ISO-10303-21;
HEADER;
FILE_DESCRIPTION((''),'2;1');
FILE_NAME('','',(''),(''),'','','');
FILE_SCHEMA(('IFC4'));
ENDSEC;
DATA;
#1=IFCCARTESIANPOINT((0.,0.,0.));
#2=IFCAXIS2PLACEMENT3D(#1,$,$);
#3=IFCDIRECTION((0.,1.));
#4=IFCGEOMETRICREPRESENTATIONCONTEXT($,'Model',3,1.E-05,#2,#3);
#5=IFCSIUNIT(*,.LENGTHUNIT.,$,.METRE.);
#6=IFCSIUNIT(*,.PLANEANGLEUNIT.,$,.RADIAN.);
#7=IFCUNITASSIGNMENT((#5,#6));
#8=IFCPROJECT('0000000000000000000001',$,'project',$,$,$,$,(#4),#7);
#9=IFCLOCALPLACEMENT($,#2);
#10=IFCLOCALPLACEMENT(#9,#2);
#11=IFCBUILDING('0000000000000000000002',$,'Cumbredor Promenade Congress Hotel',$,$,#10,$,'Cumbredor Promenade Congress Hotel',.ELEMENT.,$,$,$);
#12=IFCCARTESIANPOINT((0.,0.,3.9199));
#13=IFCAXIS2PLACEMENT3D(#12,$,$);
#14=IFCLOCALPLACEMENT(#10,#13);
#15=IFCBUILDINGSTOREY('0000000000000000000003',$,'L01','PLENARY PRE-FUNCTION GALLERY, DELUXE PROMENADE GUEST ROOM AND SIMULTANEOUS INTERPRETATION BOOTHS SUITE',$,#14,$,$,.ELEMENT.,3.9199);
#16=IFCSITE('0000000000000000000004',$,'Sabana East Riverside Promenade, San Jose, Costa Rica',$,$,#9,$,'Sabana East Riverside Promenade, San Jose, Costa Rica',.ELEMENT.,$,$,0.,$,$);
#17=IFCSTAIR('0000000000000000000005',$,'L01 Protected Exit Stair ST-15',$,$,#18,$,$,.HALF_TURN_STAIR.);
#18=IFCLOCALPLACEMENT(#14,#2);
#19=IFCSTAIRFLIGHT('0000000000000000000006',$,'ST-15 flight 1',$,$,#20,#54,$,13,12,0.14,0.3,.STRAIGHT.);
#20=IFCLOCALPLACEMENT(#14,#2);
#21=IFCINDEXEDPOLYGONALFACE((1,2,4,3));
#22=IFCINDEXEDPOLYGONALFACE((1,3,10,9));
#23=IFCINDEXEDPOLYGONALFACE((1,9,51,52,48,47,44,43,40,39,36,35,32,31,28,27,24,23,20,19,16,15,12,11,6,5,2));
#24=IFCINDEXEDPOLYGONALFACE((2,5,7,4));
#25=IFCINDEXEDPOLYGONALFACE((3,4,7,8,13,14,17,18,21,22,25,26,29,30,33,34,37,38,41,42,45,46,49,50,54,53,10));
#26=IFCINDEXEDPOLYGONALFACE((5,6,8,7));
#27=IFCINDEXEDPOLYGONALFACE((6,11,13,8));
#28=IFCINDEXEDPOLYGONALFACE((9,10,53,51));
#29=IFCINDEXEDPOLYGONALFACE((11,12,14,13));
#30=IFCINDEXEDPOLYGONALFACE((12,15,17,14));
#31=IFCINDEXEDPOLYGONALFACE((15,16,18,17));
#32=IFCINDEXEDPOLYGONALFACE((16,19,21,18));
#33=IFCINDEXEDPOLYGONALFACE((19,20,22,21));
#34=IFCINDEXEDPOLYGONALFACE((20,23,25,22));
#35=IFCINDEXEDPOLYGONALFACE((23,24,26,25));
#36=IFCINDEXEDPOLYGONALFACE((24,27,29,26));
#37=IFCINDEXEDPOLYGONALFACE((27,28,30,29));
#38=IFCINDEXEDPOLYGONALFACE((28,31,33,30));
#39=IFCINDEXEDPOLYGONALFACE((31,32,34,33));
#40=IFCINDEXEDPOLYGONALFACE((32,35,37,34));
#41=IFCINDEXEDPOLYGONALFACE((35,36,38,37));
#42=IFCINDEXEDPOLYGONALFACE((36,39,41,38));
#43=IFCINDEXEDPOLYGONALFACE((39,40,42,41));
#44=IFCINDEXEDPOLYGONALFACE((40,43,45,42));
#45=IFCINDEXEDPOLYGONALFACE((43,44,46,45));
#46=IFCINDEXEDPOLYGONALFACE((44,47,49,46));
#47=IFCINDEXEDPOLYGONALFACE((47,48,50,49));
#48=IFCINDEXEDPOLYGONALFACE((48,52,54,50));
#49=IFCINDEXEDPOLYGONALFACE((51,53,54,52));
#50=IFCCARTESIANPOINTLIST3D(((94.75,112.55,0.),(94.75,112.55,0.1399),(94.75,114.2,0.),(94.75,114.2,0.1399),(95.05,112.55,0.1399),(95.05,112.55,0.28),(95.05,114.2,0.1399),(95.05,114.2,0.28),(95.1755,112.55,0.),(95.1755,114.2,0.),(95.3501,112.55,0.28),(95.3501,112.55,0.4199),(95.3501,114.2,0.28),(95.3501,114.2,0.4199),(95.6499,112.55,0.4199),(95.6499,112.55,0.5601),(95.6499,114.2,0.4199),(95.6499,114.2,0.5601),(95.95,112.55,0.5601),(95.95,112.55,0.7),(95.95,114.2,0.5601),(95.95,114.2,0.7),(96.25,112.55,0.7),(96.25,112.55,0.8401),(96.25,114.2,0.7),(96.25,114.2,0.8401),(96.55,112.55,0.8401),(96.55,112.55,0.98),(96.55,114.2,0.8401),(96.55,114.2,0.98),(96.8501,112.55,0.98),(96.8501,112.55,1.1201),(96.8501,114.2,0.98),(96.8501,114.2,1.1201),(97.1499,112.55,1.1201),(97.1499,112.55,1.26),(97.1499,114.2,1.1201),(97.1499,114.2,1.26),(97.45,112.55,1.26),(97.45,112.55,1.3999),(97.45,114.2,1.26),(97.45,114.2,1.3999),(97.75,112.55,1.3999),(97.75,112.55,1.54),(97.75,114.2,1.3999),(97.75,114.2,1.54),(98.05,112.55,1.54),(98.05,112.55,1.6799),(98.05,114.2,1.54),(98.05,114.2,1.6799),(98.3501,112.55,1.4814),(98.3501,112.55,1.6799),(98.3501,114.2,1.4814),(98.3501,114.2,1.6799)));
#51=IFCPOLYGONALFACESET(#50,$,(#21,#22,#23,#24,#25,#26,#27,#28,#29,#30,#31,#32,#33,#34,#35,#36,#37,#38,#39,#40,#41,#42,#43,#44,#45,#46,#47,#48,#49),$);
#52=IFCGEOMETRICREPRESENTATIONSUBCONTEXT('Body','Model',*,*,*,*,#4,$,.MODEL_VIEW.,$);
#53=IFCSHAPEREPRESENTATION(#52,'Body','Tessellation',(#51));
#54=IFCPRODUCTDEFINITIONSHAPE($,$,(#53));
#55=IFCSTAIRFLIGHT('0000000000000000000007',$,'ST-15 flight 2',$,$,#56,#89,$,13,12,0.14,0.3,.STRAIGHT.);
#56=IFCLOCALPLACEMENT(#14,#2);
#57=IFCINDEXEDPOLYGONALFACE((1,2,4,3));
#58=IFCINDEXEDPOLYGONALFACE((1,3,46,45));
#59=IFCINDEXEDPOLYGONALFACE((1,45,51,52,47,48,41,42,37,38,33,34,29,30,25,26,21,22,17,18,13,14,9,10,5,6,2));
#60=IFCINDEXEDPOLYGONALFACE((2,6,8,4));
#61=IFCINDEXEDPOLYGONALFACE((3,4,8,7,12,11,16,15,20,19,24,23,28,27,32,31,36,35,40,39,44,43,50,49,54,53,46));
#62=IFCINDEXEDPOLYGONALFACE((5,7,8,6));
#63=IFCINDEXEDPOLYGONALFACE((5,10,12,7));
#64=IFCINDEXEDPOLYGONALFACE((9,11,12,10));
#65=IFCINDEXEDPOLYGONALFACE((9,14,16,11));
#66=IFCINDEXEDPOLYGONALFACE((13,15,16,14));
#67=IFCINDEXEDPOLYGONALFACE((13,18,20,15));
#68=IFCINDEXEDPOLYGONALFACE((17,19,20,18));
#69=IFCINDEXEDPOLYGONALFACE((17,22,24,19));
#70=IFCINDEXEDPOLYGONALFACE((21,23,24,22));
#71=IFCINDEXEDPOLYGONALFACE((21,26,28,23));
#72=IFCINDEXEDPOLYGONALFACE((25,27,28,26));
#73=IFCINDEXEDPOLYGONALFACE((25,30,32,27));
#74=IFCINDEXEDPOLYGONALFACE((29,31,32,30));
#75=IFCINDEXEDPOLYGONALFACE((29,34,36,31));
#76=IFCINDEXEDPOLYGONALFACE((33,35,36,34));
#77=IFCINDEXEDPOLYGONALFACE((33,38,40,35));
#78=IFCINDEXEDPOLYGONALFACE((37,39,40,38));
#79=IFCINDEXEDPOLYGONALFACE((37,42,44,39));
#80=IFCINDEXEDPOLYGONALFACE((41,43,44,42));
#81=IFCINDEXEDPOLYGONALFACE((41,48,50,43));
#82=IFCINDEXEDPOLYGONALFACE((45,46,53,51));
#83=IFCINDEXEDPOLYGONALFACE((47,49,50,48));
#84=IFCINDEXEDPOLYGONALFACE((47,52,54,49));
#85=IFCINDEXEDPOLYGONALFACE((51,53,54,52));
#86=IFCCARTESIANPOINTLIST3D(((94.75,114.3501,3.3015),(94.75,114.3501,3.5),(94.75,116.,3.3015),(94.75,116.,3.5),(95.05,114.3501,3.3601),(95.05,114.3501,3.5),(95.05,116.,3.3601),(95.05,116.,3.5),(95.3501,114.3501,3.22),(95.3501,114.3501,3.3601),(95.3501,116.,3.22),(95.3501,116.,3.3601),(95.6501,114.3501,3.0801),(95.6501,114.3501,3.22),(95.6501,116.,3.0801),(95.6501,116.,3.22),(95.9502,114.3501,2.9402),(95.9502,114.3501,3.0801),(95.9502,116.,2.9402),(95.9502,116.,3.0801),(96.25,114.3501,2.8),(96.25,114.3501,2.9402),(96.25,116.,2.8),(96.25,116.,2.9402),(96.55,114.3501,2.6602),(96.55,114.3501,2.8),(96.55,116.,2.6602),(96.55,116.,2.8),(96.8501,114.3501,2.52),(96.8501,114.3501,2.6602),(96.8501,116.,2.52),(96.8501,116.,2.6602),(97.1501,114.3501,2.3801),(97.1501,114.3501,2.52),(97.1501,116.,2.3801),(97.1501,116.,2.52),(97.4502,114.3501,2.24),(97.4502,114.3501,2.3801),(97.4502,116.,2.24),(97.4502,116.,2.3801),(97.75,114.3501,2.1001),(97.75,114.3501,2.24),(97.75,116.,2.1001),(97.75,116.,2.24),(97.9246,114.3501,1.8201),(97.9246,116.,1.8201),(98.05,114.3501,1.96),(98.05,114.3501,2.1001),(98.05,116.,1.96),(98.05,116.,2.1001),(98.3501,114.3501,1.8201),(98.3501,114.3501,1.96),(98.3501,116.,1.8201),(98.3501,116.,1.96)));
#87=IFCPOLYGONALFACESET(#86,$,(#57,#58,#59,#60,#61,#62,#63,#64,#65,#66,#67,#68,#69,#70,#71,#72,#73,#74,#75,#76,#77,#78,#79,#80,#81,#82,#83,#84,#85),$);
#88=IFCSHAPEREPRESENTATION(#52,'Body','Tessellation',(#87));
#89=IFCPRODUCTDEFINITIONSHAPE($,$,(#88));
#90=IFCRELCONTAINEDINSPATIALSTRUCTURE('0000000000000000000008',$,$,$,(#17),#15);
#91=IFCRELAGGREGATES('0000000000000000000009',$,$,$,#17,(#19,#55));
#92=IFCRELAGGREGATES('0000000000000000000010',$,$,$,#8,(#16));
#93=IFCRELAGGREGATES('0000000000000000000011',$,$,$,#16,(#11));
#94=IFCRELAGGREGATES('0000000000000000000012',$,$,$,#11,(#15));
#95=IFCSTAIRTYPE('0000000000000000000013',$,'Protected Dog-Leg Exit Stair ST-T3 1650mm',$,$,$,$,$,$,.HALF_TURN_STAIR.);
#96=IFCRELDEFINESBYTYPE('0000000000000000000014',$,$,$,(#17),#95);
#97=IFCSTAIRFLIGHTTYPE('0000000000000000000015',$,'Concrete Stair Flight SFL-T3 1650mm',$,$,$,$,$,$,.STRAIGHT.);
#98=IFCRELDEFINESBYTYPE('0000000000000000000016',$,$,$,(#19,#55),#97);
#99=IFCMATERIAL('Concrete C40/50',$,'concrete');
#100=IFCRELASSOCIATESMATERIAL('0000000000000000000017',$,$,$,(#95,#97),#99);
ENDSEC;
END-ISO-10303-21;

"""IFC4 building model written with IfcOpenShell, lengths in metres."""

from ifc_helpers import new_model, si_unit, direction, frame, origin, place, context, subcontext, project, spatial, polyline, outline, extrude, material, type_object, element, aggregate, save


model = new_model("IFC4")

# Units and contexts
model_context = context("Model", 3, precision=1e-05, world=origin(), true_north=direction((0.0, 1.0)))
body_context = subcontext(model_context, "Body", "Model", "MODEL_VIEW")
ifc_project = project(units=[si_unit("LENGTHUNIT", "METRE"), si_unit("PLANEANGLEUNIT", "RADIAN")], contexts=[model_context])

# Site, building, storey
site_placement = place(None, origin())
site = spatial("IfcSite", under=ifc_project, at=site_placement, Name="Sabana East Riverside Promenade, San Jose, Costa Rica", LongName="Sabana East Riverside Promenade, San Jose, Costa Rica", CompositionType="ELEMENT", RefElevation=0.0)
building_placement = place(site_placement, origin())
building = spatial("IfcBuilding", under=site, at=building_placement, Name="Cumbredor Promenade Congress Hotel", LongName="Cumbredor Promenade Congress Hotel", CompositionType="ELEMENT")
storey_placement = place(building_placement, frame((0.0, 0.0, 3.9199)))
storey = spatial("IfcBuildingStorey", under=building, at=storey_placement, Name="L01", Description="PLENARY PRE-FUNCTION GALLERY, DELUXE PROMENADE GUEST ROOM AND SIMULTANEOUS INTERPRETATION BOOTHS SUITE", CompositionType="ELEMENT", Elevation=3.9199)

# Shared definitions
ifc_material_1 = material(Name="Concrete C40/50", Category="concrete")

# Stair, stair flights
stair_type = type_object("IfcStairType", Name="Protected Dog-Leg Exit Stair ST-T3 1650mm", PredefinedType="HALF_TURN_STAIR", material=ifc_material_1)
stair_placement = place(storey_placement, origin())
stair = element("IfcStair", 1, at=stair_placement, inside=storey, type_object=stair_type, Name="L01 Protected Exit Stair ST-15", PredefinedType="HALF_TURN_STAIR")
stair_flight_type = type_object("IfcStairFlightType", Name="Concrete Stair Flight SFL-T3 1650mm", PredefinedType="STRAIGHT", material=ifc_material_1)
stair_flight_1_placement = place(storey_placement, frame((94.75, 113.375, 0.0), z_axis=(0.0, 0.0, 1.0), x_axis=(1.0, 0.0, 0.0)))
stair_flight_1 = element("IfcStairFlight", 2, at=stair_flight_1_placement, type_object=stair_flight_type, Name="ST-15 flight 1", NumberOfRisers=13, NumberOfTreads=12, PredefinedType="STRAIGHT", RiserHeight=0.14, TreadLength=0.3, context=body_context, shape_type="SweptSolid", body=[
    extrude(outline(polyline([(0.0, 0.0), (0.0, 0.1399), (0.3, 0.1399), (0.3, 0.28), (0.6001, 0.28), (0.6001, 0.4199), (0.8999, 0.4199), (0.8999, 0.5601), (1.2, 0.5601), (1.2, 0.7), (1.5, 0.7), (1.5, 0.8401), (1.8, 0.8401), (1.8, 0.98), (2.1001, 0.98), (2.1001, 1.1201), (2.3999, 1.1201), (2.3999, 1.26), (2.7, 1.26), (2.7, 1.3999), (3.0, 1.3999), (3.0, 1.54), (3.3, 1.54), (3.3, 1.6799), (3.6001, 1.6799), (3.6001, 1.8201), (3.6001, 1.4814), (0.4255, 0.0), (0.0, 0.0)])), frame((0.0, 0.825, 0.0), z_axis=(0.0, -1.0, 0.0), x_axis=(1.0, 0.0, 0.0)), (0.0, 0.0, 1.0), 1.6499),
])
stair_flight_2_placement = place(storey_placement, frame((98.3501, 115.175, 1.8201), z_axis=(0.0, 0.0, 1.0), x_axis=(-1.0, 0.0, 0.0)))
stair_flight_2 = element("IfcStairFlight", 3, at=stair_flight_2_placement, type_object=stair_flight_type, Name="ST-15 flight 2", NumberOfRisers=13, NumberOfTreads=12, PredefinedType="STRAIGHT", RiserHeight=0.14, TreadLength=0.3, context=body_context, shape_type="SweptSolid", body=[
    extrude(outline(polyline([(0.0, 0.0), (0.0, 0.1399), (0.3, 0.1399), (0.3, 0.28), (0.6001, 0.28), (0.6001, 0.4199), (0.8999, 0.4199), (0.8999, 0.5601), (1.2, 0.5601), (1.2, 0.7), (1.5, 0.7), (1.5, 0.8401), (1.8, 0.8401), (1.8, 0.98), (2.1001, 0.98), (2.1001, 1.1201), (2.3999, 1.1201), (2.3999, 1.26), (2.7, 1.26), (2.7, 1.3999), (3.0, 1.3999), (3.0, 1.54), (3.3, 1.54), (3.3, 1.6799), (3.6001, 1.6799), (3.6001, 1.8201), (3.6001, 1.4814), (0.4255, 0.0), (0.0, 0.0)])), frame((0.0, 0.825, 0.0), z_axis=(0.0, -1.0, 0.0), x_axis=(1.0, 0.0, 0.0)), (0.0, 0.0, 1.0), 1.6499),
])
aggregate(stair, [stair_flight_1, stair_flight_2])

save(model, "model.ifc")
